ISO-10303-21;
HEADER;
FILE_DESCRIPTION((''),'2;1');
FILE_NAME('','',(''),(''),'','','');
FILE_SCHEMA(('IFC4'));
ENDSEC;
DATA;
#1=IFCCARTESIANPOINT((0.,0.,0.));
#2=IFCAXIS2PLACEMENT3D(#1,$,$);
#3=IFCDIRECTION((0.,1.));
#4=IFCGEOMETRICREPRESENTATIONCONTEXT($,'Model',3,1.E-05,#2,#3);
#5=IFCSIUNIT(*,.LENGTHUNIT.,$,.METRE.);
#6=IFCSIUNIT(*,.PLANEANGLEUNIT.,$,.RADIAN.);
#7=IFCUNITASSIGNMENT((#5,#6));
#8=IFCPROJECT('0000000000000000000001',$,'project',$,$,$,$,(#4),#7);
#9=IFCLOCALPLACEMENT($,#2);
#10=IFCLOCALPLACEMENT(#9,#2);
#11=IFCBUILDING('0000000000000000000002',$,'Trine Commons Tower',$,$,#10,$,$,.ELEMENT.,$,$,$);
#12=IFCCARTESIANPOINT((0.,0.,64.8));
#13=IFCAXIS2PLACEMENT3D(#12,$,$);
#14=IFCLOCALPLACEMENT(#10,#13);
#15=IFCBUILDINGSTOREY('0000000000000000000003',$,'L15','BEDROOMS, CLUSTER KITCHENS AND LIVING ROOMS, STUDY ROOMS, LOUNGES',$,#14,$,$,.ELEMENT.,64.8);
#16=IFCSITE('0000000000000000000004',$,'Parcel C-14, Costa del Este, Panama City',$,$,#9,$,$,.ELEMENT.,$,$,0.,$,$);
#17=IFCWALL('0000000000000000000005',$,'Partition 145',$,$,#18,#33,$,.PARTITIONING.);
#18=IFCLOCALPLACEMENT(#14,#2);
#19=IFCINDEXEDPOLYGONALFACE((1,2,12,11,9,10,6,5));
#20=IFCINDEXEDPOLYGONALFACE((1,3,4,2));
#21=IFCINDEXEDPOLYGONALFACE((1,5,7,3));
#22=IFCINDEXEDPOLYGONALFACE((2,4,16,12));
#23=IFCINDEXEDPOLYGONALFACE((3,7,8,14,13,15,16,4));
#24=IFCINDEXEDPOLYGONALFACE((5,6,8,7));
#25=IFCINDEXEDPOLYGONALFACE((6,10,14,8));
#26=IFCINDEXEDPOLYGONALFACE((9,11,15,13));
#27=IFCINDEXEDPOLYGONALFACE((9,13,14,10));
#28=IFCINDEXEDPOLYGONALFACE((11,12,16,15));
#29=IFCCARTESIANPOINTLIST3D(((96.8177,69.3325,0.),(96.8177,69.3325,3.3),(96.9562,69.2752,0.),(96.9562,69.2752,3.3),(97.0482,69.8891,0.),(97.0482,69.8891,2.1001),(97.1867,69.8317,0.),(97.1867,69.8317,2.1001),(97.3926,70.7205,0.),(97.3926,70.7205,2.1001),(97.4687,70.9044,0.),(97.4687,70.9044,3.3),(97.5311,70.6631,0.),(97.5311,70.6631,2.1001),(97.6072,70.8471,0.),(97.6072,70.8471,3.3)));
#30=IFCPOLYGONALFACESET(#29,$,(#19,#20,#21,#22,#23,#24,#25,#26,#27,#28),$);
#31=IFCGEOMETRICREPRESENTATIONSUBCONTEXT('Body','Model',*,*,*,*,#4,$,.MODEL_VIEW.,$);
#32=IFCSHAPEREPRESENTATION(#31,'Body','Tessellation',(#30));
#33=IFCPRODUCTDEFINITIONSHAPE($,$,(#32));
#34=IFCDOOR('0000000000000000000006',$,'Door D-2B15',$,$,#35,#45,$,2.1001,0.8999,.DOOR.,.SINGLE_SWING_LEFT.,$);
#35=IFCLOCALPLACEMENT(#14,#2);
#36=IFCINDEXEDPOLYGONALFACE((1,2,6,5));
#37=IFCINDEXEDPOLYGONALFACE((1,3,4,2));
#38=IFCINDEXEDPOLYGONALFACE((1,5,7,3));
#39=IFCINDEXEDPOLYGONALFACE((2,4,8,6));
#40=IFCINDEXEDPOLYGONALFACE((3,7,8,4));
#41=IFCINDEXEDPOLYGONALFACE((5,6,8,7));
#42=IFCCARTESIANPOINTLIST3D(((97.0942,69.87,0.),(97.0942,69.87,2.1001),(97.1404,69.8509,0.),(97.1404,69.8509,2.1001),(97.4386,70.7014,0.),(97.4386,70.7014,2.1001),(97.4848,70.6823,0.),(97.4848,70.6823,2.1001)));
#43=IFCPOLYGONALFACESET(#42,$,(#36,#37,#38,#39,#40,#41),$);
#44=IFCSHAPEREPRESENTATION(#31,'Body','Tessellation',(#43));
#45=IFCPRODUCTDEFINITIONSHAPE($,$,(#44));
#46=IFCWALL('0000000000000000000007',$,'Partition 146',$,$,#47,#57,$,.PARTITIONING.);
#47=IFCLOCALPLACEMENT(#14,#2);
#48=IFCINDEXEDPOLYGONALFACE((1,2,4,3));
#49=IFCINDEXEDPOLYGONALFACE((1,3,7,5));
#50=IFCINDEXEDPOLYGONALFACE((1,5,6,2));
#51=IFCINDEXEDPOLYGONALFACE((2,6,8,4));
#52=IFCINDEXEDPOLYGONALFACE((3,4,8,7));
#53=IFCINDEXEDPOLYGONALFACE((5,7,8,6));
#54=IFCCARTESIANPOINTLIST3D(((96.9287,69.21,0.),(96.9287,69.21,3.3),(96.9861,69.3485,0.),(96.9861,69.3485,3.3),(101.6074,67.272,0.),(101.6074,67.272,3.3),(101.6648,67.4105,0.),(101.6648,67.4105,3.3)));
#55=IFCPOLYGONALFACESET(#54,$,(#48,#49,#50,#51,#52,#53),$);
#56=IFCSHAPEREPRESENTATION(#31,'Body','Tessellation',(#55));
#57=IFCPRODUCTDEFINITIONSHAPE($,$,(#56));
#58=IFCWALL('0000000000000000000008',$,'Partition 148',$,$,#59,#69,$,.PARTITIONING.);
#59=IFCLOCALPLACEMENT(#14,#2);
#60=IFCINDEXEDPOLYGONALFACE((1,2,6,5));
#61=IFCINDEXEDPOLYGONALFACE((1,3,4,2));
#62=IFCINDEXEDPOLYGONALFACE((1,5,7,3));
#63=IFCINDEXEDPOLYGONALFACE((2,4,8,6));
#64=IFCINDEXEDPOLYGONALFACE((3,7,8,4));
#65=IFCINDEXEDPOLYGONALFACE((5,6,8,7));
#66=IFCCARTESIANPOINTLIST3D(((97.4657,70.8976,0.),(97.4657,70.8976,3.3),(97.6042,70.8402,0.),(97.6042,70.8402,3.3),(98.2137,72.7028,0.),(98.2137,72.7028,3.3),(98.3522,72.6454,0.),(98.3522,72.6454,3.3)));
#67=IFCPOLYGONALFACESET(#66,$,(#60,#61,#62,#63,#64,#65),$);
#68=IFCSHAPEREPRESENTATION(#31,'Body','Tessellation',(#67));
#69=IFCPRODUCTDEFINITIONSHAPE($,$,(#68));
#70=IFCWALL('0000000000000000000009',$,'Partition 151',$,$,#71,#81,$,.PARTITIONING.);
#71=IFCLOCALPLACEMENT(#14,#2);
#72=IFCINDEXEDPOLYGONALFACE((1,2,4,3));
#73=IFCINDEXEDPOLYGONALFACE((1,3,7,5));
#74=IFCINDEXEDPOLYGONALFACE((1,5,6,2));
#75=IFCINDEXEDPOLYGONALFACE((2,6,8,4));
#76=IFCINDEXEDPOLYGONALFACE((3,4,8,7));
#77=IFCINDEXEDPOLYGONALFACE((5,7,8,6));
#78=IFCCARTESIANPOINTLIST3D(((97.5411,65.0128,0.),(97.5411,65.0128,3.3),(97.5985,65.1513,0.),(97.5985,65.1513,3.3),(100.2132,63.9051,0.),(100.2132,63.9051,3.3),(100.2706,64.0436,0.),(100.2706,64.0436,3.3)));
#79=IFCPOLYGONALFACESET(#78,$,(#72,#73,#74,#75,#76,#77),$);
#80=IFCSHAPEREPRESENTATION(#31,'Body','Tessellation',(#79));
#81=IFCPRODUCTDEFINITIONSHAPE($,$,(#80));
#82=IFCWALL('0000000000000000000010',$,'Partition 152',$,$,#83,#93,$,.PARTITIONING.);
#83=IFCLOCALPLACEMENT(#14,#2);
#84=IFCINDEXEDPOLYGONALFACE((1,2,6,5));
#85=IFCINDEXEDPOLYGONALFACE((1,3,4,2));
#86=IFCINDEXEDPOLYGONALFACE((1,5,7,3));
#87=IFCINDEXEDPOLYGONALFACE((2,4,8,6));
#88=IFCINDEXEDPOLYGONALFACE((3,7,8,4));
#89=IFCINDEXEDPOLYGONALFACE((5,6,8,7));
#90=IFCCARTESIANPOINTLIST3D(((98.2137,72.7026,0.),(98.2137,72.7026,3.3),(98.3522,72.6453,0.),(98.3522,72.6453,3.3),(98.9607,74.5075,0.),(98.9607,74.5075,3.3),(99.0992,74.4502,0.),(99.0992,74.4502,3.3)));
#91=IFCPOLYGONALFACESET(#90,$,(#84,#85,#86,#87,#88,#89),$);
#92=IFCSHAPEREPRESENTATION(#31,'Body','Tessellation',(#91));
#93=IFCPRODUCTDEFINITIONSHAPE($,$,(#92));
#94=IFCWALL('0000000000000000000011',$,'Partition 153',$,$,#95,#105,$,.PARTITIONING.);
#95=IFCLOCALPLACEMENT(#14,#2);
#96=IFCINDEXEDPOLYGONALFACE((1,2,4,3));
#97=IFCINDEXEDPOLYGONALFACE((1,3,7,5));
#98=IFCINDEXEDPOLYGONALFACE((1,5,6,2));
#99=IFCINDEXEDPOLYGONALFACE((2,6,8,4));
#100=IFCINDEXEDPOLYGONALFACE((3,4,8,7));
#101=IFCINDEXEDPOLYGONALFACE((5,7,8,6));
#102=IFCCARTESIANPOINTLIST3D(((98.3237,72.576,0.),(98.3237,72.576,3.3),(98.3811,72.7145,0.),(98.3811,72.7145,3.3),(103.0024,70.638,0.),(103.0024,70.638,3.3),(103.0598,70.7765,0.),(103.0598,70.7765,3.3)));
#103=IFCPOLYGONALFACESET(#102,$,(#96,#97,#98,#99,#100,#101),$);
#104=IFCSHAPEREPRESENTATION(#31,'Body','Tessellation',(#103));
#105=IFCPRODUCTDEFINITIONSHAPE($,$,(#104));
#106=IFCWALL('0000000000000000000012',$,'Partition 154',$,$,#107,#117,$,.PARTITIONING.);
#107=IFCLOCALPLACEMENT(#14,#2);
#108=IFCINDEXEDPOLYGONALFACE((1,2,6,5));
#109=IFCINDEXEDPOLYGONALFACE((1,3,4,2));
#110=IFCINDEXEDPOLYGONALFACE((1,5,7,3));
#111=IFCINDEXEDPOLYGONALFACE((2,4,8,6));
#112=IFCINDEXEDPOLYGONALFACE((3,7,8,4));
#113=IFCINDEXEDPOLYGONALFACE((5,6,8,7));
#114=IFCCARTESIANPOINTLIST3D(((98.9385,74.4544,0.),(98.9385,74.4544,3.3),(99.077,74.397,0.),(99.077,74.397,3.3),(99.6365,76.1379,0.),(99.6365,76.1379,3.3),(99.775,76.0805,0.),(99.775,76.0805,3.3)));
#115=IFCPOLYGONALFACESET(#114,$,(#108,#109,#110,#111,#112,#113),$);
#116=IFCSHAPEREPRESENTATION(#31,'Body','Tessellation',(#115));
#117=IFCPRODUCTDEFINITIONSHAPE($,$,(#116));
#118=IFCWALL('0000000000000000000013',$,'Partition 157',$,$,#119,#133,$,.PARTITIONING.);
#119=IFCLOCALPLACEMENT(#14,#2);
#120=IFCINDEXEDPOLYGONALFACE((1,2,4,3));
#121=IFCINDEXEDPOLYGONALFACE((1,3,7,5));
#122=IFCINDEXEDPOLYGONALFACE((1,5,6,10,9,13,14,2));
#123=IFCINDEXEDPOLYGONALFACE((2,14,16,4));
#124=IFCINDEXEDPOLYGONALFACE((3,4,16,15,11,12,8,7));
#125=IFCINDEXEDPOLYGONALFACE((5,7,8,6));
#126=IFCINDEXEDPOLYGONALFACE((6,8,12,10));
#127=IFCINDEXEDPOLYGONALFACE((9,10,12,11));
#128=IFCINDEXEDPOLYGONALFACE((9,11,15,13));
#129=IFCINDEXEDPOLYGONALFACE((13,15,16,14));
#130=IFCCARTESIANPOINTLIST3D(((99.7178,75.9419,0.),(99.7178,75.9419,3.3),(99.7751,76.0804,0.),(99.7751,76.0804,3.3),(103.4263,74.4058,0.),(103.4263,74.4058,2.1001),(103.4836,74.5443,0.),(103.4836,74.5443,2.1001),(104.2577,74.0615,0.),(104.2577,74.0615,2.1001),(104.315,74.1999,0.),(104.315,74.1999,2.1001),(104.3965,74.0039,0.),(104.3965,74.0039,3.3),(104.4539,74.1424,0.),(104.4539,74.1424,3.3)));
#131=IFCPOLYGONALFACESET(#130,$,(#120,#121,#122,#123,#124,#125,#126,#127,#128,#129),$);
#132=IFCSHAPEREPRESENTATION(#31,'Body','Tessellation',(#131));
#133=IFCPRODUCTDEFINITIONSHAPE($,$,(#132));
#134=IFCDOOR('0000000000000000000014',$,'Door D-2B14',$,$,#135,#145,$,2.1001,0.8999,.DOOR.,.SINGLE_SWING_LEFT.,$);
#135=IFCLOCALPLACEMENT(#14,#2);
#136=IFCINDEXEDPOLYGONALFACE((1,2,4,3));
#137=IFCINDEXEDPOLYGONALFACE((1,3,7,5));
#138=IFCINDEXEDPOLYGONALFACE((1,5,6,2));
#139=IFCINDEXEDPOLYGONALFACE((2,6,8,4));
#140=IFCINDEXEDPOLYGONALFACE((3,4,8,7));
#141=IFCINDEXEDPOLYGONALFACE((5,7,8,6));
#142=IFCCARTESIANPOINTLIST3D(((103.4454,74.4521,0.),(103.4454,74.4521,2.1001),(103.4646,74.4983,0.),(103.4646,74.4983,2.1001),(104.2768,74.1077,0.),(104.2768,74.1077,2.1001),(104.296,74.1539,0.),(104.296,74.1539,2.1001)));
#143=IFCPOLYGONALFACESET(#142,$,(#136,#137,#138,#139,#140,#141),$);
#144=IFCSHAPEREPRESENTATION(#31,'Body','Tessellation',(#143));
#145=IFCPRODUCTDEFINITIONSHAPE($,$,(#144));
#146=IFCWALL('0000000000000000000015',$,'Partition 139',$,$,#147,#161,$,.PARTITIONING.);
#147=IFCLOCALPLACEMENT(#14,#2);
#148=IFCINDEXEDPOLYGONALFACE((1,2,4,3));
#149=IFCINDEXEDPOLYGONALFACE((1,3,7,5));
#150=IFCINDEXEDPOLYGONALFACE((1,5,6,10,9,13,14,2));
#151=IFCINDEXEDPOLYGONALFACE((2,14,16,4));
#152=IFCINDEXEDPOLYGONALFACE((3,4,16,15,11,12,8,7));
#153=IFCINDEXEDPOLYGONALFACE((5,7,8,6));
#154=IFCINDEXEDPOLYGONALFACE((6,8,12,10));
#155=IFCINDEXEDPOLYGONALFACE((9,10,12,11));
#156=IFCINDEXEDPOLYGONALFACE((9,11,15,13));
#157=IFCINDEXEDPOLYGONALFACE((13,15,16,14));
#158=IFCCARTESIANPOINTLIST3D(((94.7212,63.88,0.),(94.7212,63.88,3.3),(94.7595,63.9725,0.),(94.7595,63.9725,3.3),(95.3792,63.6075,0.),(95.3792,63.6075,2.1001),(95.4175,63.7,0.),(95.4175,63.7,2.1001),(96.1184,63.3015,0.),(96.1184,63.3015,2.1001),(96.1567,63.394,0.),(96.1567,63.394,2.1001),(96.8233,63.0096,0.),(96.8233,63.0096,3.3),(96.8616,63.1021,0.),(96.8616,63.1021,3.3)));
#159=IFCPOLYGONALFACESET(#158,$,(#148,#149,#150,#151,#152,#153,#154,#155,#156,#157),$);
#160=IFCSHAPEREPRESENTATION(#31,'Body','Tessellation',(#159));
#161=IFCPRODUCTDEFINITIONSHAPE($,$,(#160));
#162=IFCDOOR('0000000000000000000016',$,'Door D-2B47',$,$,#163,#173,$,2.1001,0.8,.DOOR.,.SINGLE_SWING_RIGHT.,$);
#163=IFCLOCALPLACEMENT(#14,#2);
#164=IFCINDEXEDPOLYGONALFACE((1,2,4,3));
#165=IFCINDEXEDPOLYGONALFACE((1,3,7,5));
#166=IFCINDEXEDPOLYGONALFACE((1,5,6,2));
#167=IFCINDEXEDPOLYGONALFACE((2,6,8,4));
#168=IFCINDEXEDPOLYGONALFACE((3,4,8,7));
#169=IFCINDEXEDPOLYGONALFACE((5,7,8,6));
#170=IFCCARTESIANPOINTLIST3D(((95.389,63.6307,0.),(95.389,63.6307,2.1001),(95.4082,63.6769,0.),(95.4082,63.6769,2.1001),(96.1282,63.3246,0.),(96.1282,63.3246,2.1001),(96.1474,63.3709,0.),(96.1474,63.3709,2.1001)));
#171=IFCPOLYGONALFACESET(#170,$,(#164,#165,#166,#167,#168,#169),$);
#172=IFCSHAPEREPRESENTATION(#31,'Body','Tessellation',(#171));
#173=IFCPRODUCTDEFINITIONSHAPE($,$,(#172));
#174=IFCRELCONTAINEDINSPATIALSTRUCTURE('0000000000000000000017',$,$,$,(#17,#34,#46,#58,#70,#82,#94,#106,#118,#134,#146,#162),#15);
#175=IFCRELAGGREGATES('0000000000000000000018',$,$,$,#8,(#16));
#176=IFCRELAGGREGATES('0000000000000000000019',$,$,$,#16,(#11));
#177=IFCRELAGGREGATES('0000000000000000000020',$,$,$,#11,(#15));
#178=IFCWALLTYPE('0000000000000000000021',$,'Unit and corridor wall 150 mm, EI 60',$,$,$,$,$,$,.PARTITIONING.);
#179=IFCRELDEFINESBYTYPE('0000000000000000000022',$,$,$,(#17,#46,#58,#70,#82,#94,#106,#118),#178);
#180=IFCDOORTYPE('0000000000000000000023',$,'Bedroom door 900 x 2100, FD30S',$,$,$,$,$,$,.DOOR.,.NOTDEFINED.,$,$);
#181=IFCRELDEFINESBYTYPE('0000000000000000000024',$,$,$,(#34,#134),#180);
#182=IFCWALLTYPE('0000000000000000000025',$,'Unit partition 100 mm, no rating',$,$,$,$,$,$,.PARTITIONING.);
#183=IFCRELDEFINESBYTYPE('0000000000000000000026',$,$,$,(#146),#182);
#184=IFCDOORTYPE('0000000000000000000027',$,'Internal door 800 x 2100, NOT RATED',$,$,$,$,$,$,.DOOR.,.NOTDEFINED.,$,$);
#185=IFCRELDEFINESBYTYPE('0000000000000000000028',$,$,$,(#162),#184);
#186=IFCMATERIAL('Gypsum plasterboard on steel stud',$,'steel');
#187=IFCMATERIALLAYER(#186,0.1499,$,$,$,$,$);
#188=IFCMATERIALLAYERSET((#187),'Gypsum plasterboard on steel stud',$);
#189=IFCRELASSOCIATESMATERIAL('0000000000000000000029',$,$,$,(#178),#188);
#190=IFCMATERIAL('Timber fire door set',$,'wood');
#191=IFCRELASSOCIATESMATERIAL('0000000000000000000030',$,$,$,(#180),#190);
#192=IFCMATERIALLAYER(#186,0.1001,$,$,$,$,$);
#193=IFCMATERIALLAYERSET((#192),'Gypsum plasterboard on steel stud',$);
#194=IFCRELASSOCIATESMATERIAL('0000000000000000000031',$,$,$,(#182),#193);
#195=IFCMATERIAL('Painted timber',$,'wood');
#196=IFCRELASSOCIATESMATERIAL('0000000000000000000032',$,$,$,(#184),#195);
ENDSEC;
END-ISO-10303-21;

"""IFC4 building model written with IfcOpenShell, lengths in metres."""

from ifc_helpers import new_model, si_unit, direction, frame, frame_2d, origin, place, context, subcontext, project, spatial, rectangle, extrude, material, layer, layer_set, type_object, element, fill, save


model = new_model("IFC4")

# Units and contexts
model_context = context("Model", 3, precision=1e-05, world=origin(), true_north=direction((0.0, 1.0)))
body_context = subcontext(model_context, "Body", "Model", "MODEL_VIEW")
ifc_project = project(units=[si_unit("LENGTHUNIT", "METRE"), si_unit("PLANEANGLEUNIT", "RADIAN")], contexts=[model_context])

# Site, building, storey
site_placement = place(None, origin())
site = spatial("IfcSite", under=ifc_project, at=site_placement, Name="Parcel C-14, Costa del Este, Panama City", CompositionType="ELEMENT", RefElevation=0.0)
building_placement = place(site_placement, origin())
building = spatial("IfcBuilding", under=site, at=building_placement, Name="Trine Commons Tower", CompositionType="ELEMENT")
storey_placement = place(building_placement, frame((0.0, 0.0, 64.8)))
storey = spatial("IfcBuildingStorey", under=building, at=storey_placement, Name="L15", Description="BEDROOMS, CLUSTER KITCHENS AND LIVING ROOMS, STUDY ROOMS, LOUNGES", CompositionType="ELEMENT", Elevation=64.8)

# Shared definitions
ifc_material_1 = material(Name="Gypsum plasterboard on steel stud", Category="steel")
ifc_layer_1 = layer(ifc_material_1, 0.1499)
ifc_layer_set_1 = layer_set([ifc_layer_1], Name="Gypsum plasterboard on steel stud")
wall_type_1 = type_object("IfcWallType", Name="Unit and corridor wall 150 mm, EI 60", PredefinedType="PARTITIONING", material=ifc_layer_set_1)

# Wall, opening, door
ifc_material_2 = material(Name="Timber fire door set", Category="wood")
wall_1_placement = place(storey_placement, frame((96.887, 69.304, 0.0), z_axis=(0.0, 0.0, 1.0), x_axis=(0.382669, 0.923886, 0.0)))
wall_1 = element("IfcWall", 1, at=wall_1_placement, inside=storey, type_object=wall_type_1, Name="Partition 145", PredefinedType="PARTITIONING", context=body_context, shape_type="SweptSolid", body=[
    extrude(rectangle(XDim=1.7014, YDim=0.1499, at=frame_2d((0.8506, 0.0))), origin(), (0.0, 0.0, 1.0), 3.3),
])
opening_1_placement = place(wall_1_placement, frame((0.6023, 0.0, 0.0)))
opening_1 = element("IfcOpeningElement", 2, at=opening_1_placement, cuts=wall_1, PredefinedType="OPENING", context=body_context, shape_type="SweptSolid", body=[
    extrude(rectangle(XDim=0.8999, YDim=2.1001, at=frame_2d((0.45, 1.05))), frame((0.0, 0.085, 0.0), z_axis=(0.0, -1.0, 0.0), x_axis=(1.0, 0.0, 0.0)), (0.0, 0.0, 1.0), 0.1699),
])
door_type_1 = type_object("IfcDoorType", Name="Bedroom door 900 x 2100, FD30S", OperationType="NOTDEFINED", PredefinedType="DOOR", material=ifc_material_2)
door_1_placement = place(opening_1_placement, frame((0.8999, 0.0, 0.0), z_axis=(0.0, 0.0, 1.0), x_axis=(-1.0, 0.0, 0.0)))
door_1 = element("IfcDoor", 3, at=door_1_placement, inside=storey, type_object=door_type_1, Name="Door D-2B15", OperationType="SINGLE_SWING_LEFT", OverallHeight=2.1001, OverallWidth=0.8999, PredefinedType="DOOR", context=body_context, shape_type="SweptSolid", body=[
    extrude(rectangle(XDim=0.8999, YDim=2.1001, at=frame_2d((0.45, 1.05))), frame((0.0, 0.0249, 0.0), z_axis=(0.0, -1.0, 0.0), x_axis=(1.0, 0.0, 0.0)), (0.0, 0.0, 1.0), 0.05),
])
fill(opening_1, door_1)

# Walls
wall_2_placement = place(storey_placement, frame((96.9573, 69.2793, 0.0), z_axis=(0.0, 0.0, 1.0), x_axis=(0.923879, -0.382684, 0.0)))
element("IfcWall", 4, at=wall_2_placement, inside=storey, type_object=wall_type_1, Name="Partition 146", PredefinedType="PARTITIONING", context=body_context, shape_type="SweptSolid", body=[
    extrude(rectangle(XDim=5.0642, YDim=0.1499, at=frame_2d((2.5322, 0.0))), origin(), (0.0, 0.0, 1.0), 3.3),
])
wall_3_placement = place(storey_placement, frame((97.5349, 70.8689, 0.0), z_axis=(0.0, 0.0, 1.0), x_axis=(0.382823, 0.923822, 0.0)))
element("IfcWall", 5, at=wall_3_placement, inside=storey, type_object=wall_type_1, Name="Partition 148", PredefinedType="PARTITIONING", context=body_context, shape_type="SweptSolid", body=[
    extrude(rectangle(XDim=1.9541, YDim=0.1499, at=frame_2d((0.9771, 0.0))), origin(), (0.0, 0.0, 1.0), 3.3),
])
wall_4_placement = place(storey_placement, frame((97.5698, 65.082, 0.0), z_axis=(0.0, 0.0, 1.0), x_axis=(0.923777, -0.382931, 0.0)))
element("IfcWall", 6, at=wall_4_placement, inside=storey, type_object=wall_type_1, Name="Partition 151", PredefinedType="PARTITIONING", context=body_context, shape_type="SweptSolid", body=[
    extrude(rectangle(XDim=2.8926, YDim=0.1499, at=frame_2d((1.4463, 0.0))), origin(), (0.0, 0.0, 1.0), 3.3),
])
wall_5_placement = place(storey_placement, frame((98.283, 72.6741, 0.0), z_axis=(0.0, 0.0, 1.0), x_axis=(0.38244, 0.92398, 0.0)))
element("IfcWall", 7, at=wall_5_placement, inside=storey, type_object=wall_type_1, Name="Partition 152", PredefinedType="PARTITIONING", context=body_context, shape_type="SweptSolid", body=[
    extrude(rectangle(XDim=1.9534, YDim=0.1499, at=frame_2d((0.9766, 0.0))), origin(), (0.0, 0.0, 1.0), 3.3),
])
wall_6_placement = place(storey_placement, frame((98.3523, 72.6453, 0.0), z_axis=(0.0, 0.0, 1.0), x_axis=(0.923879, -0.382684, 0.0)))
element("IfcWall", 8, at=wall_6_placement, inside=storey, type_object=wall_type_1, Name="Partition 153", PredefinedType="PARTITIONING", context=body_context, shape_type="SweptSolid", body=[
    extrude(rectangle(XDim=5.0642, YDim=0.1499, at=frame_2d((2.5322, 0.0))), origin(), (0.0, 0.0, 1.0), 3.3),
])
wall_7_placement = place(storey_placement, frame((99.0078, 74.4258, 0.0), z_axis=(0.0, 0.0, 1.0), x_axis=(0.382979, 0.923757, 0.0)))
element("IfcWall", 9, at=wall_7_placement, inside=storey, type_object=wall_type_1, Name="Partition 154", PredefinedType="PARTITIONING", context=body_context, shape_type="SweptSolid", body=[
    extrude(rectangle(XDim=1.8225, YDim=0.1499, at=frame_2d((0.9111, 0.0))), origin(), (0.0, 0.0, 1.0), 3.3),
])

# Walls, openings, doors
wall_8_placement = place(storey_placement, frame((99.7463, 76.0112, 0.0), z_axis=(0.0, 0.0, 1.0), x_axis=(0.923879, -0.382684, 0.0)))
wall_8 = element("IfcWall", 10, at=wall_8_placement, inside=storey, type_object=wall_type_1, Name="Partition 157", PredefinedType="PARTITIONING", context=body_context, shape_type="SweptSolid", body=[
    extrude(rectangle(XDim=5.0642, YDim=0.1499, at=frame_2d((2.5322, 0.0))), origin(), (0.0, 0.0, 1.0), 3.3),
])
opening_2_placement = place(wall_8_placement, frame((4.0142, 0.0, 0.0)))
opening_2 = element("IfcOpeningElement", 11, at=opening_2_placement, cuts=wall_8, PredefinedType="OPENING", context=body_context, shape_type="SweptSolid", body=[
    extrude(rectangle(XDim=0.8999, YDim=2.1001, at=frame_2d((0.45, 1.05))), frame((0.0, 0.085, 0.0), z_axis=(0.0, -1.0, 0.0), x_axis=(1.0, 0.0, 0.0)), (0.0, 0.0, 1.0), 0.1699),
])
door_2_placement = place(opening_2_placement, frame((0.8999, 0.0, 0.0), z_axis=(0.0, 0.0, 1.0), x_axis=(-1.0, 0.0, 0.0)))
door_2 = element("IfcDoor", 12, at=door_2_placement, inside=storey, type_object=door_type_1, Name="Door D-2B14", OperationType="SINGLE_SWING_LEFT", OverallHeight=2.1001, OverallWidth=0.8999, PredefinedType="DOOR", context=body_context, shape_type="SweptSolid", body=[
    extrude(rectangle(XDim=0.8999, YDim=2.1001, at=frame_2d((0.45, 1.05))), frame((0.0, 0.0249, 0.0), z_axis=(0.0, -1.0, 0.0), x_axis=(1.0, 0.0, 0.0)), (0.0, 0.0, 1.0), 0.05),
])
fill(opening_2, door_2)
ifc_layer_2 = layer(ifc_material_1, 0.1001)
ifc_layer_set_2 = layer_set([ifc_layer_2], Name="Gypsum plasterboard on steel stud")
wall_type_2 = type_object("IfcWallType", Name="Unit partition 100 mm, no rating", PredefinedType="PARTITIONING", material=ifc_layer_set_2)
wall_9_placement = place(storey_placement, frame((94.7402, 63.9263, 0.0), z_axis=(0.0, 0.0, 1.0), x_axis=(0.923932, -0.382557, 0.0)))
wall_9 = element("IfcWall", 13, at=wall_9_placement, inside=storey, type_object=wall_type_2, Name="Partition 139", PredefinedType="PARTITIONING", context=body_context, shape_type="SweptSolid", body=[
    extrude(rectangle(XDim=2.2751, YDim=0.1001, at=frame_2d((1.1377, 0.0))), origin(), (0.0, 0.0, 1.0), 3.3),
])
opening_3_placement = place(wall_9_placement, frame((0.7124, 0.0, 0.0)))
opening_3 = element("IfcOpeningElement", 14, at=opening_3_placement, cuts=wall_9, PredefinedType="OPENING", context=body_context, shape_type="SweptSolid", body=[
    extrude(rectangle(XDim=0.8, YDim=2.1001, at=frame_2d((0.3999, 1.05))), frame((0.0, 0.0601, 0.0), z_axis=(0.0, -1.0, 0.0), x_axis=(1.0, 0.0, 0.0)), (0.0, 0.0, 1.0), 0.1201),
])
ifc_material_3 = material(Name="Painted timber", Category="wood")
door_type_2 = type_object("IfcDoorType", Name="Internal door 800 x 2100, NOT RATED", OperationType="NOTDEFINED", PredefinedType="DOOR", material=ifc_material_3)
door_3_placement = place(opening_3_placement, frame((0.8, 0.0, 0.0), z_axis=(0.0, 0.0, 1.0), x_axis=(-1.0, 0.0, 0.0)))
door_3 = element("IfcDoor", 15, at=door_3_placement, inside=storey, type_object=door_type_2, Name="Door D-2B47", OperationType="SINGLE_SWING_RIGHT", OverallHeight=2.1001, OverallWidth=0.8, PredefinedType="DOOR", context=body_context, shape_type="SweptSolid", body=[
    extrude(rectangle(XDim=0.8, YDim=2.1001, at=frame_2d((0.3999, 1.05))), frame((0.0, 0.0249, 0.0), z_axis=(0.0, -1.0, 0.0), x_axis=(1.0, 0.0, 0.0)), (0.0, 0.0, 1.0), 0.05),
])
fill(opening_3, door_3)

save(model, "model.ifc")
